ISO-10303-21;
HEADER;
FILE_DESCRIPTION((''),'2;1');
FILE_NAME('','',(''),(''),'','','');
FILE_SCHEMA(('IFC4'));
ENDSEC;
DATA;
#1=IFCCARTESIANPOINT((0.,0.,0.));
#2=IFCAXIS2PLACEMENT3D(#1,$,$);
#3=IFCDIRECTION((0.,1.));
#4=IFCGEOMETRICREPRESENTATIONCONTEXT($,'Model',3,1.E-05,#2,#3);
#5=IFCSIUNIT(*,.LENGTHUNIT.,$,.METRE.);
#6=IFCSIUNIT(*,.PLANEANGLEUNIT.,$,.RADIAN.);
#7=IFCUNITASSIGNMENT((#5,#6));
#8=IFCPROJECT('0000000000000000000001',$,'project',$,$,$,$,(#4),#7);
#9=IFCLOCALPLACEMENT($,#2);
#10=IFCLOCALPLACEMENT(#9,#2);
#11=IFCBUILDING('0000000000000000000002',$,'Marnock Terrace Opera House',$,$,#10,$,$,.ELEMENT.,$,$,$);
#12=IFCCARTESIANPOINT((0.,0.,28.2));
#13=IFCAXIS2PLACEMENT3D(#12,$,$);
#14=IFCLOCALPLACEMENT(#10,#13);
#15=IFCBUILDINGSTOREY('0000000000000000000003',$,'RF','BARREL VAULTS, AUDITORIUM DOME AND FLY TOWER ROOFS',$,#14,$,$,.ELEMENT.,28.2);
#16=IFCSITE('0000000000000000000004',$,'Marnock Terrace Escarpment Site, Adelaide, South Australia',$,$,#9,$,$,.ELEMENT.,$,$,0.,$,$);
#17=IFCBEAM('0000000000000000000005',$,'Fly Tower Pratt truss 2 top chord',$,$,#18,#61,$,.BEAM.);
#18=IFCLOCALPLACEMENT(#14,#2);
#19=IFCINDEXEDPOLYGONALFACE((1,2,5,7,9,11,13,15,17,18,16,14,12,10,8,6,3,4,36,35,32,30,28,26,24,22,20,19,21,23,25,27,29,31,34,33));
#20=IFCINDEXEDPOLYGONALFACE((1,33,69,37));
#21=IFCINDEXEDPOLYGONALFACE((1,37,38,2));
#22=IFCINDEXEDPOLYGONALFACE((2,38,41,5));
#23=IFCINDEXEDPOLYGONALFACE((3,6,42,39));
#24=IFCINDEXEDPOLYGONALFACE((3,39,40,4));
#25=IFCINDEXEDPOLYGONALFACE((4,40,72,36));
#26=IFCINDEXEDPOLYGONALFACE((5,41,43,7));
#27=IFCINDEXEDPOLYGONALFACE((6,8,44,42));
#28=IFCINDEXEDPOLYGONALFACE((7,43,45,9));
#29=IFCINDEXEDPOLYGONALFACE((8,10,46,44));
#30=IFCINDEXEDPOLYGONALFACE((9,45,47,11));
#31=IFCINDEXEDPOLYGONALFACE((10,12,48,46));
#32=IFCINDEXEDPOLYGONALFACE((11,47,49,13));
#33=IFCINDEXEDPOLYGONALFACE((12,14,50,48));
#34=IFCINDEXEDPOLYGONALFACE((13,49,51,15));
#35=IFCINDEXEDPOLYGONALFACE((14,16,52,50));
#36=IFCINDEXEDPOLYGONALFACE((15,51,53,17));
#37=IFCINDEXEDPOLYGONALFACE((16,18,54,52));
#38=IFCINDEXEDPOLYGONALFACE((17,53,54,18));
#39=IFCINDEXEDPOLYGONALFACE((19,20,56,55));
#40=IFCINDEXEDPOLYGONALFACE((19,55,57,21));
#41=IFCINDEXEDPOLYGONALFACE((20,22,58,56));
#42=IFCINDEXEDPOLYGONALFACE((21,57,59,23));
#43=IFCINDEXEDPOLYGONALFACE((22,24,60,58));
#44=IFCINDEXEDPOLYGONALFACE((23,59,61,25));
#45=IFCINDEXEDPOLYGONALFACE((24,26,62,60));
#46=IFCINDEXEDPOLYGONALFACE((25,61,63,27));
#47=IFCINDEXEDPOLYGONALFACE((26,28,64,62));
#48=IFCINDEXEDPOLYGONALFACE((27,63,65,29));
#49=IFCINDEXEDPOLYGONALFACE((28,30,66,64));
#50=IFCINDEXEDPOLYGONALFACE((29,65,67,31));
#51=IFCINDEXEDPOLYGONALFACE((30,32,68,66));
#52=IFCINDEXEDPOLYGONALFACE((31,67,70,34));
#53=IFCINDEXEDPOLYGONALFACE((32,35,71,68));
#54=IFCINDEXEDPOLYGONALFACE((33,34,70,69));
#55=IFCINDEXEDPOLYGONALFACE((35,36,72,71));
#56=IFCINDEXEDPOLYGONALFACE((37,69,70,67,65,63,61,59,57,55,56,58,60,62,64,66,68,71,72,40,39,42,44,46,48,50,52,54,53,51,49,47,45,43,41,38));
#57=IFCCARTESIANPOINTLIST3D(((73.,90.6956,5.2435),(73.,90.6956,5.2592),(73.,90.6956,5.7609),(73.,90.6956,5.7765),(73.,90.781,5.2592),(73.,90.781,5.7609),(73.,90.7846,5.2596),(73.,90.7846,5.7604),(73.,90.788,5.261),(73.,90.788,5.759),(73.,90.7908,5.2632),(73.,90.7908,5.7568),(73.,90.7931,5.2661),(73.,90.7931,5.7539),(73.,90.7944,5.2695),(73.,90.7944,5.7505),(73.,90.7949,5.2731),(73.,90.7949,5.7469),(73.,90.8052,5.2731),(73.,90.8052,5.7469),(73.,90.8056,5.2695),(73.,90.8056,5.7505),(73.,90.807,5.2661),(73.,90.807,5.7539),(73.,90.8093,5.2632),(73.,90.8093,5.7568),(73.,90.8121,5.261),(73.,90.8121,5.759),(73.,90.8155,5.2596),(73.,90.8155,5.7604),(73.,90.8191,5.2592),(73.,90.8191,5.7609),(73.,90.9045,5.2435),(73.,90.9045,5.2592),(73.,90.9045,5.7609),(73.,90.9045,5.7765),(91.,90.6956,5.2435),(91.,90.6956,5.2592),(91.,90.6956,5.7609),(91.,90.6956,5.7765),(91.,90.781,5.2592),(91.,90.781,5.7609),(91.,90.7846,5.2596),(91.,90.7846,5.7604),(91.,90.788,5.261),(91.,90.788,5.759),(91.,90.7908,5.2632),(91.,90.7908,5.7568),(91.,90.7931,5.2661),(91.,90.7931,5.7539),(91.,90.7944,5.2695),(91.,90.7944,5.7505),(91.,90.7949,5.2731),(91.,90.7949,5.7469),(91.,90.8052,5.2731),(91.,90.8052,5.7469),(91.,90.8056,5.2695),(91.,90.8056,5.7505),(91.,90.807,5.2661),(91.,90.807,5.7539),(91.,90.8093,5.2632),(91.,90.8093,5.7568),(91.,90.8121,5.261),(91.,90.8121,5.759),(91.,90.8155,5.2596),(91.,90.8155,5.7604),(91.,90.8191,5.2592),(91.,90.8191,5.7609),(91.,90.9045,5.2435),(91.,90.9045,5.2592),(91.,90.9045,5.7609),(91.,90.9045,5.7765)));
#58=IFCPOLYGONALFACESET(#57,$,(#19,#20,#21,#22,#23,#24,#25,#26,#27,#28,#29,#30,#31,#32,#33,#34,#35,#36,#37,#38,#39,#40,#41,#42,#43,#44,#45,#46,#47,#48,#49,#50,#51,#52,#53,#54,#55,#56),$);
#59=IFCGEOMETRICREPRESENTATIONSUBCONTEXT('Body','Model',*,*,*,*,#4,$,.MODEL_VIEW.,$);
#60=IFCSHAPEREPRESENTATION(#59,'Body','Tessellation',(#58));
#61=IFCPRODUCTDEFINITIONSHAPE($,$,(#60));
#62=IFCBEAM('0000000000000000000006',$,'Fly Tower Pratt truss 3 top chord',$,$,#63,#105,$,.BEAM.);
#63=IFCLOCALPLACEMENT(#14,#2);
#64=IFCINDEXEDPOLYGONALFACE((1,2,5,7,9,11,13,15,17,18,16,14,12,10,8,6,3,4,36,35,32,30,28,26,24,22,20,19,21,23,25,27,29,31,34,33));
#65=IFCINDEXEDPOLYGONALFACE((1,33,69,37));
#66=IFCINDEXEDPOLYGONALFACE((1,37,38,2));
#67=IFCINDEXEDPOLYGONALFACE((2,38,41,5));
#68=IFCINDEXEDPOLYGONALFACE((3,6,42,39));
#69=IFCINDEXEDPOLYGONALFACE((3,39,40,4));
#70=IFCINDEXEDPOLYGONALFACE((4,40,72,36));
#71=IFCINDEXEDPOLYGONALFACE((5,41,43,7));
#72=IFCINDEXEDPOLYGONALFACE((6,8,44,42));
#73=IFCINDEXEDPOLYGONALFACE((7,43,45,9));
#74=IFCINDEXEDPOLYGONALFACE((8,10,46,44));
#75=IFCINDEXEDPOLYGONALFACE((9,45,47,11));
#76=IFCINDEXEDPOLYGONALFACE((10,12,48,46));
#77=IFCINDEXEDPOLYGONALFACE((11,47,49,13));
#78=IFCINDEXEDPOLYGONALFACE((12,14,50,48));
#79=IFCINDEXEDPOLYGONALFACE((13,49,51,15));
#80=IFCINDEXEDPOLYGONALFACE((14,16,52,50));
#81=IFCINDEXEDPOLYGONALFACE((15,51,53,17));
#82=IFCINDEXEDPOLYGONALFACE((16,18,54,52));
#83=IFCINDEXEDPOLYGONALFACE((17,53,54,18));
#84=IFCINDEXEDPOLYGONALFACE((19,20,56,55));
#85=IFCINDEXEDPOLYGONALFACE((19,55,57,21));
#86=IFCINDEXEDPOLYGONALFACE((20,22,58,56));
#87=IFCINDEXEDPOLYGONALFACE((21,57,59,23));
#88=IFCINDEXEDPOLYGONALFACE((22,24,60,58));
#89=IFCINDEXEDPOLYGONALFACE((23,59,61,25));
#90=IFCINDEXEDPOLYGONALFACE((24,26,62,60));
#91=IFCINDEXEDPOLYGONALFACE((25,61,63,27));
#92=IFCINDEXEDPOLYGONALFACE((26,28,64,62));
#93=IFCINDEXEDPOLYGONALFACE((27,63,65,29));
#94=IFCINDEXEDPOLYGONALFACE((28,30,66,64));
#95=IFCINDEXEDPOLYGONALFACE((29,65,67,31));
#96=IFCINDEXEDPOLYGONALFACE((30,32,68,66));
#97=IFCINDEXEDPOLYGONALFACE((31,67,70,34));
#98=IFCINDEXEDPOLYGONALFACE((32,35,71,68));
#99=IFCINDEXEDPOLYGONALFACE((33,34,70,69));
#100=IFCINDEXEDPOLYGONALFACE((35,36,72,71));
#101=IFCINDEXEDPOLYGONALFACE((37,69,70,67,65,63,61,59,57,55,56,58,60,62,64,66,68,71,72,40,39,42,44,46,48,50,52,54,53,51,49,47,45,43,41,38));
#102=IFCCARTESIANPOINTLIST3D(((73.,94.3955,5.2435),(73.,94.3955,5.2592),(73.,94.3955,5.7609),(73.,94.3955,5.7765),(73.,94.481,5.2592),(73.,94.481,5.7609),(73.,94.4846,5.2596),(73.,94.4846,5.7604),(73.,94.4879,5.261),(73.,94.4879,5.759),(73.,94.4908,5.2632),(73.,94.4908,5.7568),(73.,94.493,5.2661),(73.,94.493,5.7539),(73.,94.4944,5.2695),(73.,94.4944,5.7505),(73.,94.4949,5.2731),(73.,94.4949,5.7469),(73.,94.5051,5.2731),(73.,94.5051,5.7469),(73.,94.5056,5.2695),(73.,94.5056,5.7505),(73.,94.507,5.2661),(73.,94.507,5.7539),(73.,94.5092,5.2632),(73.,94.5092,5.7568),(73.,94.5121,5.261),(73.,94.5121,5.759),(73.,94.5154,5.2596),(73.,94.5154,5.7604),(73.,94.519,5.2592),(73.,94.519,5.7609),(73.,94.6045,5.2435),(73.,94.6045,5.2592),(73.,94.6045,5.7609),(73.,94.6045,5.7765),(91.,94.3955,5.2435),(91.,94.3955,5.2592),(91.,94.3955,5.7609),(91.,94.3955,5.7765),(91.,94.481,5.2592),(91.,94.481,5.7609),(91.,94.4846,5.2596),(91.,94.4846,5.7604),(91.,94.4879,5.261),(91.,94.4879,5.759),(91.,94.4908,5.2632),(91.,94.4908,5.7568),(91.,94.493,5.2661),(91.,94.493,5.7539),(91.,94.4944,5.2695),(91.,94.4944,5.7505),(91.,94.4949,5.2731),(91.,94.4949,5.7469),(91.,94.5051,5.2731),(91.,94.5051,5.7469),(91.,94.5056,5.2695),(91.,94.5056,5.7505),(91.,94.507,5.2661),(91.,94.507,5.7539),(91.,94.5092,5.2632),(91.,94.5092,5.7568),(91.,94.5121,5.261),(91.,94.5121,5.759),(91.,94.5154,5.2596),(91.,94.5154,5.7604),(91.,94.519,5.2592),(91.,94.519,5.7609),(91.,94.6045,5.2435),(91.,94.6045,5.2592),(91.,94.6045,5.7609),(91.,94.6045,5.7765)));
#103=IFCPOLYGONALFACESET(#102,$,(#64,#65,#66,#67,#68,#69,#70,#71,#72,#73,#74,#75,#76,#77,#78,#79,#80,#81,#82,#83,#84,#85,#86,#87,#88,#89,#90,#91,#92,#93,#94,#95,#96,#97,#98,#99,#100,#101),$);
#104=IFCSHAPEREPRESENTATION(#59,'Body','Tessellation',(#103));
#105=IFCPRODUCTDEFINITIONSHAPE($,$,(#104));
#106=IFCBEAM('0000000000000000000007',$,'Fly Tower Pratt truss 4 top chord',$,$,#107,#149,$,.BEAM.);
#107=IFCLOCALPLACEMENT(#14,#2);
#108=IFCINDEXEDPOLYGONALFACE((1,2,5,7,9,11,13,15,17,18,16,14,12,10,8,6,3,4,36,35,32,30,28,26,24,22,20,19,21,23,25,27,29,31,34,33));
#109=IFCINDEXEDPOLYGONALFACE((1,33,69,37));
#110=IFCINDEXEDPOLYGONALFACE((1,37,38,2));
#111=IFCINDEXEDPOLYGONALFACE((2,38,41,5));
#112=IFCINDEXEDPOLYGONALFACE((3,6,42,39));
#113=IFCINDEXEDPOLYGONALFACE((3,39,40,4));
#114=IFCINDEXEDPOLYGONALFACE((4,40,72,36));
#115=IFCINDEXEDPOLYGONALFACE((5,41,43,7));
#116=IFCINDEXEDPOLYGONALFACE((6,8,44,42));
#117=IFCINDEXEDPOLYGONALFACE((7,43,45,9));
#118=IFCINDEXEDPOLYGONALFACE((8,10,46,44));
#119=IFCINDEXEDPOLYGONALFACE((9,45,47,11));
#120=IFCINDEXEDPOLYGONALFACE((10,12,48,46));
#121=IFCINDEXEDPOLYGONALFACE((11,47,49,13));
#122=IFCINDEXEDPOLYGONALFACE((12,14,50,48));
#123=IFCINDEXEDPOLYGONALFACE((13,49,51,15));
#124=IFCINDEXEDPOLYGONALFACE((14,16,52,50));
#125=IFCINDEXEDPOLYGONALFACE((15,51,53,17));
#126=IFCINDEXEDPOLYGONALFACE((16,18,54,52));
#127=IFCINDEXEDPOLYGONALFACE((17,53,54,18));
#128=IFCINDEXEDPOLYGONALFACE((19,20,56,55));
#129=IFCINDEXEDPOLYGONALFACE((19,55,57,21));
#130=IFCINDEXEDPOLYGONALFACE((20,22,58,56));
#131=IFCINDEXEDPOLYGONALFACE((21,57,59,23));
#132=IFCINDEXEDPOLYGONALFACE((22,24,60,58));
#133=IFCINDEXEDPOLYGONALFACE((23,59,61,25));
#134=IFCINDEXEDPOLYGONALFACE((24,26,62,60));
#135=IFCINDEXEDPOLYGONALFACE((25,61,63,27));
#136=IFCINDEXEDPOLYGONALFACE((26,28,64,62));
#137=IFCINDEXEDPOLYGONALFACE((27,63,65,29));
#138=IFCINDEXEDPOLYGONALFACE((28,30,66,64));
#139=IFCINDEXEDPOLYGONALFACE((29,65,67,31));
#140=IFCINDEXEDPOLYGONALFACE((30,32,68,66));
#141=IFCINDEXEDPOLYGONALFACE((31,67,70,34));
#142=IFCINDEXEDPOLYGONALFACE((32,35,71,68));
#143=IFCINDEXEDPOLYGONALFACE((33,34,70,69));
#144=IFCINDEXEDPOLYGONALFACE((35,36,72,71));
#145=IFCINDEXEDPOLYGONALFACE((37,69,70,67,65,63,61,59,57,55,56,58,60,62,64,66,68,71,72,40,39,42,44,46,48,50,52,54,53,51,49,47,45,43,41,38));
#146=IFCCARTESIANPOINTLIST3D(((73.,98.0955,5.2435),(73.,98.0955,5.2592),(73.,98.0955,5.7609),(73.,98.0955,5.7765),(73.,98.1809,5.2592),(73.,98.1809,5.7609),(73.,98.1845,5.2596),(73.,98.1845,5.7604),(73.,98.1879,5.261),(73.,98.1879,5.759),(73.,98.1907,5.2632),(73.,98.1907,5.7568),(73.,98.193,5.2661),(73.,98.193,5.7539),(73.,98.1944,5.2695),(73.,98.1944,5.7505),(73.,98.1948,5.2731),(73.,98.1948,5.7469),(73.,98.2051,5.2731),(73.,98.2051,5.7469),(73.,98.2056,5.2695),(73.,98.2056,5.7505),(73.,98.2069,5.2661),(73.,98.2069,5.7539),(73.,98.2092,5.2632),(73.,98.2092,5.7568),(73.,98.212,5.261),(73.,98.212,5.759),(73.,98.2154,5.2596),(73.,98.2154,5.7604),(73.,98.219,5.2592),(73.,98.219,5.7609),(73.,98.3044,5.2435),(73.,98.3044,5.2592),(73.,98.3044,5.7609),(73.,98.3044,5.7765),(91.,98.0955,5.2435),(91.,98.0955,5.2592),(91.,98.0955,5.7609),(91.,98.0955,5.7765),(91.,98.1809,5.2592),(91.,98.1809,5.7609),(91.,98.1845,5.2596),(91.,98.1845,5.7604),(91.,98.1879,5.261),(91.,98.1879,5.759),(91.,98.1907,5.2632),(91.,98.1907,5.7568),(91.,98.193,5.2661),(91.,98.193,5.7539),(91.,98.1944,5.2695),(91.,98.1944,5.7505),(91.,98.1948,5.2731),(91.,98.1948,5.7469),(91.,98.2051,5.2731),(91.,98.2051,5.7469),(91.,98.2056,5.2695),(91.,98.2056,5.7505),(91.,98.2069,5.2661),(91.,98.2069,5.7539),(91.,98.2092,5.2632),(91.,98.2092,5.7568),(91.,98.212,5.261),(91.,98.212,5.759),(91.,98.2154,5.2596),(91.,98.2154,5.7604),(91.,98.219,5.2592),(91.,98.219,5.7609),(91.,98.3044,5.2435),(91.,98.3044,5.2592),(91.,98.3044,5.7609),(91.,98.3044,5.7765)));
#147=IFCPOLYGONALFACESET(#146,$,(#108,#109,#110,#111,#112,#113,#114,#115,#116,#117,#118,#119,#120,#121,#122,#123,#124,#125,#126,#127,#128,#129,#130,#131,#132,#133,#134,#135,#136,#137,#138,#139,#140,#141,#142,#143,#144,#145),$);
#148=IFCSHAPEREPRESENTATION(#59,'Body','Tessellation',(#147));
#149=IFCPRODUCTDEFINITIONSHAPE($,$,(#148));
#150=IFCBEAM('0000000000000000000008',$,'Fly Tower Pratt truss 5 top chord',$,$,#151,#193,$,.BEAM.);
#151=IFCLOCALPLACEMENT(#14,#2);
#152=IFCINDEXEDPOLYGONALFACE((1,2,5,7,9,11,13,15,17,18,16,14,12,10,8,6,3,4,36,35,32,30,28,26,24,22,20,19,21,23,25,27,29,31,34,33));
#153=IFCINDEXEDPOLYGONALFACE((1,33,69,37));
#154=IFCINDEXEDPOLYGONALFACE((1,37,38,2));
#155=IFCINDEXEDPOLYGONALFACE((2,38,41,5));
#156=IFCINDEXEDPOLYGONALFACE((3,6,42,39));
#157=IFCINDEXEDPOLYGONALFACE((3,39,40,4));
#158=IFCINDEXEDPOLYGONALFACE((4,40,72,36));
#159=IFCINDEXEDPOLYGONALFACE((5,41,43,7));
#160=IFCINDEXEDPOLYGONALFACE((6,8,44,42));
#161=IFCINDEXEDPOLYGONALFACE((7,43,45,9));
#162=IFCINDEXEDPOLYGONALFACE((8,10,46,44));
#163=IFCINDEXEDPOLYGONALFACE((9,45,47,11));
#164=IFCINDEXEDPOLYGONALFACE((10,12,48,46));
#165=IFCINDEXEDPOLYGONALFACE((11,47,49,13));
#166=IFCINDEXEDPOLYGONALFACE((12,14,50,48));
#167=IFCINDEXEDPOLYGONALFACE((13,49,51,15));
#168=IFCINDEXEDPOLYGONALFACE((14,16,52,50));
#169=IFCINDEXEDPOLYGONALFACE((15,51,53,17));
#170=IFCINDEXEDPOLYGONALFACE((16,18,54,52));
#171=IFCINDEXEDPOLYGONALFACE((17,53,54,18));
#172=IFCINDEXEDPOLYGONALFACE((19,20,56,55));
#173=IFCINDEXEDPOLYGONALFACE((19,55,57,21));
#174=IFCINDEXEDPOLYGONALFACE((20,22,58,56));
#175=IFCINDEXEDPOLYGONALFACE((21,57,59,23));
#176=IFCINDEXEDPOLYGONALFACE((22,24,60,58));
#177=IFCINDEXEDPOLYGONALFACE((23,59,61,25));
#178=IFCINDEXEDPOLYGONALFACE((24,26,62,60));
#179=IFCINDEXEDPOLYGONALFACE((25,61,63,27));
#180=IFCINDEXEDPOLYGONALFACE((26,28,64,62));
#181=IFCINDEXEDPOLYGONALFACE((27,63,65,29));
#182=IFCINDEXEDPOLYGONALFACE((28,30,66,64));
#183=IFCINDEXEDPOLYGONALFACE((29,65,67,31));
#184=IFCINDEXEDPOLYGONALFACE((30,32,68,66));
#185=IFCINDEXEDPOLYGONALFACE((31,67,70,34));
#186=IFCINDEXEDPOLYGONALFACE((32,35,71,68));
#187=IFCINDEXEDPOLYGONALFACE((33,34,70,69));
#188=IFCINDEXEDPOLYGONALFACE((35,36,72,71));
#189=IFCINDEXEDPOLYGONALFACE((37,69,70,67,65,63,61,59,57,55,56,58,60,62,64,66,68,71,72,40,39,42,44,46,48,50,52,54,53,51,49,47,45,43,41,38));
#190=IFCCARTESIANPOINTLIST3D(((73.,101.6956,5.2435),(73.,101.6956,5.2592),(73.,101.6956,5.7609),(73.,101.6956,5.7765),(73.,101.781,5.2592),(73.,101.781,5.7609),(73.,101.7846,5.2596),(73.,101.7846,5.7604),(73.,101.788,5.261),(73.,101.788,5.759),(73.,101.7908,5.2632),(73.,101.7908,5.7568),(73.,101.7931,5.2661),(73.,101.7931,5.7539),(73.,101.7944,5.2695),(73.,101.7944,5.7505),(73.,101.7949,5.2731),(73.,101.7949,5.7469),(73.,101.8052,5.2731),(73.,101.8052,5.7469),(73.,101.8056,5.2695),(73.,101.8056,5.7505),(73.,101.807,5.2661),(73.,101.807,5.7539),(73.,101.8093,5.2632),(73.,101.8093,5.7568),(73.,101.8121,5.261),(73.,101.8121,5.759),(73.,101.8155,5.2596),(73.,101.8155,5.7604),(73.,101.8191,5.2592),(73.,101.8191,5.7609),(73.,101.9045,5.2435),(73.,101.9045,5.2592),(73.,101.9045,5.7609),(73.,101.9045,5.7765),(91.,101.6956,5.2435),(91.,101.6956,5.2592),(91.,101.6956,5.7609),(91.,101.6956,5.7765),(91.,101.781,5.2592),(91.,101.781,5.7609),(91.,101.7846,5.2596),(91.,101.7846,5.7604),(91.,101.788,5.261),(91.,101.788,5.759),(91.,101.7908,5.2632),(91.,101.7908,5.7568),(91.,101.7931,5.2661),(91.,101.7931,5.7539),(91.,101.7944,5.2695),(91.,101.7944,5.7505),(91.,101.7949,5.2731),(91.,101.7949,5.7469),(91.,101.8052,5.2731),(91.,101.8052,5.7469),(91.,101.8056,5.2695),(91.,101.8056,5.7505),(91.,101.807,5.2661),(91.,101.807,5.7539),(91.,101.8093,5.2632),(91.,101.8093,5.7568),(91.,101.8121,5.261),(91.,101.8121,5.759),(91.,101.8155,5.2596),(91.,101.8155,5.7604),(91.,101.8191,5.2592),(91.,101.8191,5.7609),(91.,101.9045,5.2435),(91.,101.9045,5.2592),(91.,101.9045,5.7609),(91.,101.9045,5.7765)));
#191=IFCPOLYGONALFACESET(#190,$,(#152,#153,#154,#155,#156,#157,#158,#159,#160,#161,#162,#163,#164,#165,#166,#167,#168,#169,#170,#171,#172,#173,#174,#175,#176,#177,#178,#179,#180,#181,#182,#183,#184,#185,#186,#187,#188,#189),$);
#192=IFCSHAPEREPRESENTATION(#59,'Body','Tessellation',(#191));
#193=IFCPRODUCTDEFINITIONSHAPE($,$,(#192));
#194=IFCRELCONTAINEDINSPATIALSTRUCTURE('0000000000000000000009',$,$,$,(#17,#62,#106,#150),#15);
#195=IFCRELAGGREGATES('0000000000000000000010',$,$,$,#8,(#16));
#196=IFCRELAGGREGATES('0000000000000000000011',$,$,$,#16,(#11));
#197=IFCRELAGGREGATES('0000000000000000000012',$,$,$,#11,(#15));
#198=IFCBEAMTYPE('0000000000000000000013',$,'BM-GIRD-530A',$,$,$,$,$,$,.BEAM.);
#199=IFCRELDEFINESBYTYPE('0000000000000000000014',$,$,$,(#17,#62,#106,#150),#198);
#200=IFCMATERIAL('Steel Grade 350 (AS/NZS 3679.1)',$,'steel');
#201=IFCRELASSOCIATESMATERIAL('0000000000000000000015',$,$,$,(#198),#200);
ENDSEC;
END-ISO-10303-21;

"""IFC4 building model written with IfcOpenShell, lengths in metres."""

from ifc_helpers import new_model, si_unit, direction, frame, origin, origin_2d, place, context, subcontext, project, spatial, i_section, extrude, material, material_profile, profile_set, type_object, element, save


model = new_model("IFC4")

# Units and contexts
model_context = context("Model", 3, precision=1e-05, world=origin(), true_north=direction((0.0, 1.0)))
body_context = subcontext(model_context, "Body", "Model", "MODEL_VIEW")
ifc_project = project(units=[si_unit("LENGTHUNIT", "METRE"), si_unit("PLANEANGLEUNIT", "RADIAN")], contexts=[model_context])

# Site, building, storey
site_placement = place(None, origin())
site = spatial("IfcSite", under=ifc_project, at=site_placement, Name="Marnock Terrace Escarpment Site, Adelaide, South Australia", CompositionType="ELEMENT", RefElevation=0.0)
building_placement = place(site_placement, origin())
building = spatial("IfcBuilding", under=site, at=building_placement, Name="Marnock Terrace Opera House", CompositionType="ELEMENT")
storey_placement = place(building_placement, frame((0.0, 0.0, 28.2)))
storey = spatial("IfcBuildingStorey", under=building, at=storey_placement, Name="RF", Description="BARREL VAULTS, AUDITORIUM DOME AND FLY TOWER ROOFS", CompositionType="ELEMENT", Elevation=28.2)

# Beams
ifc_material_1 = material(Name="Steel Grade 350 (AS/NZS 3679.1)", Category="steel")
ifc_material_profile_1 = material_profile(ifc_material_1, i_section(OverallWidth=0.209, OverallDepth=0.533, WebThickness=0.0103, FlangeThickness=0.0156, FilletRadius=0.0139, at=origin_2d()))
ifc_profile_set_1 = profile_set([ifc_material_profile_1], Name="Steel Grade 350 (AS/NZS 3679.1)")
beam_type_1 = type_object("IfcBeamType", Name="BM-GIRD-530A", PredefinedType="BEAM", material=ifc_profile_set_1)
for number, where, z_axis, x_axis, name in (
    (1, (73.0, 90.8, 5.51), (1.0, 0.0, 0.0), (0.0, 1.0, 0.0), "Fly Tower Pratt truss 2 top chord"),
    (2, (73.0, 94.5, 5.51), (1.0, 0.0, 0.0), (0.0, 1.0, 0.0), "Fly Tower Pratt truss 3 top chord"),
    (3, (73.0, 98.2, 5.51), (1.0, 0.0, 0.0), (0.0, 1.0, 0.0), "Fly Tower Pratt truss 4 top chord"),
    (4, (73.0, 101.8, 5.51), (1.0, 0.0, 0.0), (0.0, 1.0, 0.0), "Fly Tower Pratt truss 5 top chord"),
):
    element("IfcBeam", number, at=place(storey_placement, frame(where, z_axis=z_axis, x_axis=x_axis)), inside=storey, type_object=beam_type_1, Name=name, PredefinedType="BEAM", context=body_context, shape_type="SweptSolid", body=[
        extrude(i_section(OverallWidth=0.209, OverallDepth=0.533, WebThickness=0.0103, FlangeThickness=0.0156, FilletRadius=0.0139, at=origin_2d()), origin(), (0.0, 0.0, 1.0), 18.0),
    ])

save(model, "model.ifc")
